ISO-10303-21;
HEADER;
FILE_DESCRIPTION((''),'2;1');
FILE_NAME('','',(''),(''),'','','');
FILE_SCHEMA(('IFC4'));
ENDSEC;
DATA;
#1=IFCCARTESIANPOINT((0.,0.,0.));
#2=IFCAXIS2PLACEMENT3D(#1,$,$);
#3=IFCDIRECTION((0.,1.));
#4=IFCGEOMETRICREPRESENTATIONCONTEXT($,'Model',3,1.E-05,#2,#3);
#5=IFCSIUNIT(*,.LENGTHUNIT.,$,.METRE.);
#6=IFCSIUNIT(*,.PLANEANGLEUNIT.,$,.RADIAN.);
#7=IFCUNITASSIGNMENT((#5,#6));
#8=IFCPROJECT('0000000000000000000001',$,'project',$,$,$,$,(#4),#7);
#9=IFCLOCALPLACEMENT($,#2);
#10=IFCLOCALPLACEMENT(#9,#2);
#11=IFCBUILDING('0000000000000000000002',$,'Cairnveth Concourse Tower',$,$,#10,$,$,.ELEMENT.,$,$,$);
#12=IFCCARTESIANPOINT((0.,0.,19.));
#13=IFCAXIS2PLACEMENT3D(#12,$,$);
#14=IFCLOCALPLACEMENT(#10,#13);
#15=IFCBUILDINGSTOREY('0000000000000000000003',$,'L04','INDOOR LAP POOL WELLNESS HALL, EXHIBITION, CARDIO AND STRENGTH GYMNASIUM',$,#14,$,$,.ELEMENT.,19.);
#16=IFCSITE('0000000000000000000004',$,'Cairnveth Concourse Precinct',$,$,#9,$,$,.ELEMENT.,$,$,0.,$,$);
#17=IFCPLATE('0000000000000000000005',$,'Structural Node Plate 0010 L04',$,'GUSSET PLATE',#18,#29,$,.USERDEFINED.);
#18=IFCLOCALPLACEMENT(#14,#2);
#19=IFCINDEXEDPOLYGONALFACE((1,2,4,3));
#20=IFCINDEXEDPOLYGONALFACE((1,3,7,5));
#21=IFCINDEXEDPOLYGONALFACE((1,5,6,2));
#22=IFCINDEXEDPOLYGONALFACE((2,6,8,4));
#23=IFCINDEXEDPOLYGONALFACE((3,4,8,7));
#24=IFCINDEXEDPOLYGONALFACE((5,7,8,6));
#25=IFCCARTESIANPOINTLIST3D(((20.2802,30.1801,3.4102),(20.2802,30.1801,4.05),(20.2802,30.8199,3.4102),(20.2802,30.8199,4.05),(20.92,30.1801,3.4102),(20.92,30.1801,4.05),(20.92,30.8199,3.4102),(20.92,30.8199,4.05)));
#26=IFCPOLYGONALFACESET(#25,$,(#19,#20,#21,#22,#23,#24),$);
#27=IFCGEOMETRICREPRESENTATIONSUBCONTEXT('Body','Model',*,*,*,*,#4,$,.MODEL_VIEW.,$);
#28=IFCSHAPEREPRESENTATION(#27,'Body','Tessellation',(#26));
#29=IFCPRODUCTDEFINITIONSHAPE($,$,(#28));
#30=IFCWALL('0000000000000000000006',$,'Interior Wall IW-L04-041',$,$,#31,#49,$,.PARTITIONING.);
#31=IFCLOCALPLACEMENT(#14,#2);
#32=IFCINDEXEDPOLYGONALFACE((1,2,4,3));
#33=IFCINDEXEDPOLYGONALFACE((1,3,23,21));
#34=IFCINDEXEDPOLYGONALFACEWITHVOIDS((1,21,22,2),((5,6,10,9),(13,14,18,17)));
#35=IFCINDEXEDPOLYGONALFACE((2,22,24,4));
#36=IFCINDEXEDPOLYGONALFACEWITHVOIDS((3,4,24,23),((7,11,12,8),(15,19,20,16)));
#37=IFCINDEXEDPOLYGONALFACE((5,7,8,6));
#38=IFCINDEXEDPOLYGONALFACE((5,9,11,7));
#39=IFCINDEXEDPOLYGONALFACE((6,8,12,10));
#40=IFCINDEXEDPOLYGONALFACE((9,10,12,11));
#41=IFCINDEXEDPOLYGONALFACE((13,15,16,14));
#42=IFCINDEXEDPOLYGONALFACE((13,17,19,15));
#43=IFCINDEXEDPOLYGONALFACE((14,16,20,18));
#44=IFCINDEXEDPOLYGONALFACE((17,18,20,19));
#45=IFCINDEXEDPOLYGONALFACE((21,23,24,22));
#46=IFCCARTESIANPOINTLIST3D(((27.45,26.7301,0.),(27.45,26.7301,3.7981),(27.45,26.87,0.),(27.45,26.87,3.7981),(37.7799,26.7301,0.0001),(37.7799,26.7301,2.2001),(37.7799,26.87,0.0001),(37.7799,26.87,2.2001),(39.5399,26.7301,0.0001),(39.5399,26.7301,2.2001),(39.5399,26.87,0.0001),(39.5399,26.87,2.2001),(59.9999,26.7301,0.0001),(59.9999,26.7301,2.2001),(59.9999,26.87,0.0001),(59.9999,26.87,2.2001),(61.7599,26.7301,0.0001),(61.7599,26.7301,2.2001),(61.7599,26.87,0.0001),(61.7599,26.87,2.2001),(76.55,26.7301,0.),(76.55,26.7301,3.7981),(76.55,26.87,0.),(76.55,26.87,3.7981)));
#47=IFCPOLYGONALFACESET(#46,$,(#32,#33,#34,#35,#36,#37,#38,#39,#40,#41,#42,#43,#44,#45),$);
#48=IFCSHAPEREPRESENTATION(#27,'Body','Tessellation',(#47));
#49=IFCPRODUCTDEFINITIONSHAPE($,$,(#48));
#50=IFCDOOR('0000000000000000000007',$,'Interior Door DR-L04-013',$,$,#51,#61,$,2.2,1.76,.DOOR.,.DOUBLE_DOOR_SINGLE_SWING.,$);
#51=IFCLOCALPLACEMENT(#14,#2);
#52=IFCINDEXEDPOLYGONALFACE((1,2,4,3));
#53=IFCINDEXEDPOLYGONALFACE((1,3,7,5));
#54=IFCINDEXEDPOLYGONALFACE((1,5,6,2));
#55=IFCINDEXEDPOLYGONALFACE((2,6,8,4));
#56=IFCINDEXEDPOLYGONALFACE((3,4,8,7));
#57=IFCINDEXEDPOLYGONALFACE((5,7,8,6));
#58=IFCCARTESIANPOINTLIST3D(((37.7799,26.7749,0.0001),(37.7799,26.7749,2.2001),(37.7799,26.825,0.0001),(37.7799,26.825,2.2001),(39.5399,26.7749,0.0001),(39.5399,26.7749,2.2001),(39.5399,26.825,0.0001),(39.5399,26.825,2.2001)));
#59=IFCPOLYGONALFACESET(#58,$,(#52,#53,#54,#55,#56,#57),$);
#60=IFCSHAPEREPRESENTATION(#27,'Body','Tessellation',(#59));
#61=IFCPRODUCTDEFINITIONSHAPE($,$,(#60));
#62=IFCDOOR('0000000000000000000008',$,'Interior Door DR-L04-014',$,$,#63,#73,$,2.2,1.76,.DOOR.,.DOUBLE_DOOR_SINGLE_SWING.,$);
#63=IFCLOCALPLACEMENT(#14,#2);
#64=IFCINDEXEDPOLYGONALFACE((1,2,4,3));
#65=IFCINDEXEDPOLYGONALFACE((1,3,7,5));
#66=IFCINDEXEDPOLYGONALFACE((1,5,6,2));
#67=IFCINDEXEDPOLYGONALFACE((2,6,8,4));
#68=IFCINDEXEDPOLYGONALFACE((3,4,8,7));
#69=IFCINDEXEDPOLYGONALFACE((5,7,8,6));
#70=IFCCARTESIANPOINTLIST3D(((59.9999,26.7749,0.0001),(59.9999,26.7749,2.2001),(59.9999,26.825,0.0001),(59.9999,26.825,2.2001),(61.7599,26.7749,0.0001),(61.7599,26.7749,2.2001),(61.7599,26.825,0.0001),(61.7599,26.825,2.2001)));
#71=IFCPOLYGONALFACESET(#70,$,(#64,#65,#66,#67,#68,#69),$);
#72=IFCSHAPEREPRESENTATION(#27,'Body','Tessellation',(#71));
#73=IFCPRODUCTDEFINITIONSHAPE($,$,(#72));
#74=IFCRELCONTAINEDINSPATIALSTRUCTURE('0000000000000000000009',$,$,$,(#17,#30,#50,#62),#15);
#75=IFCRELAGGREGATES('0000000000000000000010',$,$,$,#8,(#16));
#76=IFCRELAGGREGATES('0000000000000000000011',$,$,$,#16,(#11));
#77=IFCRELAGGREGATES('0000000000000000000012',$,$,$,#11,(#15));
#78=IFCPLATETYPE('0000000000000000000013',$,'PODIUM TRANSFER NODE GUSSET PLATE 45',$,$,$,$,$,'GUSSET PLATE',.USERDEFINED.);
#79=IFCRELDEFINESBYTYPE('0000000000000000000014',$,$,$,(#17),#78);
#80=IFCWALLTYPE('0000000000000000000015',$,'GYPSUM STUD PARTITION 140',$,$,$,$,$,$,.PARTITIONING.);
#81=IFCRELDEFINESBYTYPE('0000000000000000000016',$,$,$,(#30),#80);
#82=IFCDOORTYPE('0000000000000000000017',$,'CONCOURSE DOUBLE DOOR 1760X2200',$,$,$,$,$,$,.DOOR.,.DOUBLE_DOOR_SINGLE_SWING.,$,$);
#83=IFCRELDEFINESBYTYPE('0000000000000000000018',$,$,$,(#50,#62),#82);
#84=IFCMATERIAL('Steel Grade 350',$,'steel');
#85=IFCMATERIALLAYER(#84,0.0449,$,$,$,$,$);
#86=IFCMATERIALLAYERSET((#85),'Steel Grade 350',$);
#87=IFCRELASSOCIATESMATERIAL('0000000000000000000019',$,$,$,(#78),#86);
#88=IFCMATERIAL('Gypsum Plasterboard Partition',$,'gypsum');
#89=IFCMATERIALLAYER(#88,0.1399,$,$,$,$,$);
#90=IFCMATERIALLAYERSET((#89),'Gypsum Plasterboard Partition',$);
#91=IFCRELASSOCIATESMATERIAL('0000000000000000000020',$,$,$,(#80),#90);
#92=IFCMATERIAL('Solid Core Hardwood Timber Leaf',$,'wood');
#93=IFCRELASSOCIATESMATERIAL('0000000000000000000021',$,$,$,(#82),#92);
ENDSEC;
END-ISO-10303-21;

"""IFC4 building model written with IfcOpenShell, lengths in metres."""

from ifc_helpers import new_model, si_unit, direction, frame, frame_2d, origin, origin_2d, place, context, subcontext, project, spatial, rectangle, extrude, material, layer, layer_set, type_object, element, fill, save


model = new_model("IFC4")

# Units and contexts
model_context = context("Model", 3, precision=1e-05, world=origin(), true_north=direction((0.0, 1.0)))
body_context = subcontext(model_context, "Body", "Model", "MODEL_VIEW")
ifc_project = project(units=[si_unit("LENGTHUNIT", "METRE"), si_unit("PLANEANGLEUNIT", "RADIAN")], contexts=[model_context])

# Site, building, storey
site_placement = place(None, origin())
site = spatial("IfcSite", under=ifc_project, at=site_placement, Name="Cairnveth Concourse Precinct", CompositionType="ELEMENT", RefElevation=0.0)
building_placement = place(site_placement, origin())
building = spatial("IfcBuilding", under=site, at=building_placement, Name="Cairnveth Concourse Tower", CompositionType="ELEMENT")
storey_placement = place(building_placement, frame((0.0, 0.0, 19.0)))
storey = spatial("IfcBuildingStorey", under=building, at=storey_placement, Name="L04", Description="INDOOR LAP POOL WELLNESS HALL, EXHIBITION, CARDIO AND STRENGTH GYMNASIUM", CompositionType="ELEMENT", Elevation=19.0)

# Shared definitions
ifc_material_1 = material(Name="Steel Grade 350", Category="steel")

# Plate
ifc_layer_1 = layer(ifc_material_1, 0.0449)
ifc_layer_set_1 = layer_set([ifc_layer_1], Name="Steel Grade 350")
plate_type = type_object("IfcPlateType", Name="PODIUM TRANSFER NODE GUSSET PLATE 45", ElementType="GUSSET PLATE", PredefinedType="USERDEFINED", material=ifc_layer_set_1)
for number, where, z_axis, x_axis, name in (
    (1, (20.6001, 30.5, 3.4102), (0.0, 0.0, 1.0), (1.0, 0.0, 0.0), "Structural Node Plate 0010 L04"),
):
    element("IfcPlate", number, at=place(storey_placement, frame(where, z_axis=z_axis, x_axis=x_axis)), inside=storey, type_object=plate_type, Name=name, ObjectType="GUSSET PLATE", PredefinedType="USERDEFINED", context=body_context, shape_type="SweptSolid", body=[
        extrude(rectangle(XDim=0.6399, YDim=0.6399, at=origin_2d()), origin(), (0.0, 0.0, 1.0), 0.6399),
    ])

# Wall, openings, doors
ifc_material_2 = material(Name="Gypsum Plasterboard Partition", Category="gypsum")
ifc_layer_2 = layer(ifc_material_2, 0.1399)
ifc_layer_set_2 = layer_set([ifc_layer_2], Name="Gypsum Plasterboard Partition")
wall_type = type_object("IfcWallType", Name="GYPSUM STUD PARTITION 140", PredefinedType="PARTITIONING", material=ifc_layer_set_2)
wall_placement = place(storey_placement, frame((27.45, 26.8, 0.0), z_axis=(0.0, 0.0, 1.0), x_axis=(1.0, 0.0, 0.0)))
wall = element("IfcWall", 2, at=wall_placement, inside=storey, type_object=wall_type, Name="Interior Wall IW-L04-041", PredefinedType="PARTITIONING", context=body_context, shape_type="SweptSolid", body=[
    extrude(rectangle(XDim=49.1001, YDim=0.1399, at=frame_2d((24.55, 0.0))), origin(), (0.0, 0.0, 1.0), 3.7981),
])
opening_1_placement = place(wall_placement, frame((10.3301, 0.0, 0.0)))
opening_1 = element("IfcOpeningElement", 3, at=opening_1_placement, cuts=wall, PredefinedType="OPENING", context=body_context, shape_type="SweptSolid", body=[
    extrude(rectangle(XDim=1.76, YDim=2.2, at=frame_2d((0.8799, 1.1001))), frame((0.0, 0.0798, 0.0), z_axis=(0.0, -1.0, 0.0), x_axis=(1.0, 0.0, 0.0)), (0.0, 0.0, 1.0), 0.1599),
])
opening_2_placement = place(wall_placement, frame((32.55, 0.0, 0.0)))
opening_2 = element("IfcOpeningElement", 4, at=opening_2_placement, cuts=wall, PredefinedType="OPENING", context=body_context, shape_type="SweptSolid", body=[
    extrude(rectangle(XDim=1.76, YDim=2.2, at=frame_2d((0.8799, 1.1001))), frame((0.0, 0.0798, 0.0), z_axis=(0.0, -1.0, 0.0), x_axis=(1.0, 0.0, 0.0)), (0.0, 0.0, 1.0), 0.1599),
])
ifc_material_3 = material(Name="Solid Core Hardwood Timber Leaf", Category="wood")
door_type = type_object("IfcDoorType", Name="CONCOURSE DOUBLE DOOR 1760X2200", OperationType="DOUBLE_DOOR_SINGLE_SWING", PredefinedType="DOOR", material=ifc_material_3)
door_1_placement = place(opening_1_placement, origin())
door_1 = element("IfcDoor", 5, at=door_1_placement, inside=storey, type_object=door_type, Name="Interior Door DR-L04-013", OperationType="DOUBLE_DOOR_SINGLE_SWING", OverallHeight=2.2, OverallWidth=1.76, PredefinedType="DOOR", context=body_context, shape_type="SweptSolid", body=[
    extrude(rectangle(XDim=1.76, YDim=2.2, at=frame_2d((0.8799, 1.1001))), frame((0.0, 0.0249, 0.0), z_axis=(0.0, -1.0, 0.0), x_axis=(1.0, 0.0, 0.0)), (0.0, 0.0, 1.0), 0.05),
])
fill(opening_1, door_1)
door_2_placement = place(opening_2_placement, origin())
door_2 = element("IfcDoor", 6, at=door_2_placement, inside=storey, type_object=door_type, Name="Interior Door DR-L04-014", OperationType="DOUBLE_DOOR_SINGLE_SWING", OverallHeight=2.2, OverallWidth=1.76, PredefinedType="DOOR", context=body_context, shape_type="SweptSolid", body=[
    extrude(rectangle(XDim=1.76, YDim=2.2, at=frame_2d((0.8799, 1.1001))), frame((0.0, 0.0249, 0.0), z_axis=(0.0, -1.0, 0.0), x_axis=(1.0, 0.0, 0.0)), (0.0, 0.0, 1.0), 0.05),
])
fill(opening_2, door_2)

save(model, "model.ifc")
